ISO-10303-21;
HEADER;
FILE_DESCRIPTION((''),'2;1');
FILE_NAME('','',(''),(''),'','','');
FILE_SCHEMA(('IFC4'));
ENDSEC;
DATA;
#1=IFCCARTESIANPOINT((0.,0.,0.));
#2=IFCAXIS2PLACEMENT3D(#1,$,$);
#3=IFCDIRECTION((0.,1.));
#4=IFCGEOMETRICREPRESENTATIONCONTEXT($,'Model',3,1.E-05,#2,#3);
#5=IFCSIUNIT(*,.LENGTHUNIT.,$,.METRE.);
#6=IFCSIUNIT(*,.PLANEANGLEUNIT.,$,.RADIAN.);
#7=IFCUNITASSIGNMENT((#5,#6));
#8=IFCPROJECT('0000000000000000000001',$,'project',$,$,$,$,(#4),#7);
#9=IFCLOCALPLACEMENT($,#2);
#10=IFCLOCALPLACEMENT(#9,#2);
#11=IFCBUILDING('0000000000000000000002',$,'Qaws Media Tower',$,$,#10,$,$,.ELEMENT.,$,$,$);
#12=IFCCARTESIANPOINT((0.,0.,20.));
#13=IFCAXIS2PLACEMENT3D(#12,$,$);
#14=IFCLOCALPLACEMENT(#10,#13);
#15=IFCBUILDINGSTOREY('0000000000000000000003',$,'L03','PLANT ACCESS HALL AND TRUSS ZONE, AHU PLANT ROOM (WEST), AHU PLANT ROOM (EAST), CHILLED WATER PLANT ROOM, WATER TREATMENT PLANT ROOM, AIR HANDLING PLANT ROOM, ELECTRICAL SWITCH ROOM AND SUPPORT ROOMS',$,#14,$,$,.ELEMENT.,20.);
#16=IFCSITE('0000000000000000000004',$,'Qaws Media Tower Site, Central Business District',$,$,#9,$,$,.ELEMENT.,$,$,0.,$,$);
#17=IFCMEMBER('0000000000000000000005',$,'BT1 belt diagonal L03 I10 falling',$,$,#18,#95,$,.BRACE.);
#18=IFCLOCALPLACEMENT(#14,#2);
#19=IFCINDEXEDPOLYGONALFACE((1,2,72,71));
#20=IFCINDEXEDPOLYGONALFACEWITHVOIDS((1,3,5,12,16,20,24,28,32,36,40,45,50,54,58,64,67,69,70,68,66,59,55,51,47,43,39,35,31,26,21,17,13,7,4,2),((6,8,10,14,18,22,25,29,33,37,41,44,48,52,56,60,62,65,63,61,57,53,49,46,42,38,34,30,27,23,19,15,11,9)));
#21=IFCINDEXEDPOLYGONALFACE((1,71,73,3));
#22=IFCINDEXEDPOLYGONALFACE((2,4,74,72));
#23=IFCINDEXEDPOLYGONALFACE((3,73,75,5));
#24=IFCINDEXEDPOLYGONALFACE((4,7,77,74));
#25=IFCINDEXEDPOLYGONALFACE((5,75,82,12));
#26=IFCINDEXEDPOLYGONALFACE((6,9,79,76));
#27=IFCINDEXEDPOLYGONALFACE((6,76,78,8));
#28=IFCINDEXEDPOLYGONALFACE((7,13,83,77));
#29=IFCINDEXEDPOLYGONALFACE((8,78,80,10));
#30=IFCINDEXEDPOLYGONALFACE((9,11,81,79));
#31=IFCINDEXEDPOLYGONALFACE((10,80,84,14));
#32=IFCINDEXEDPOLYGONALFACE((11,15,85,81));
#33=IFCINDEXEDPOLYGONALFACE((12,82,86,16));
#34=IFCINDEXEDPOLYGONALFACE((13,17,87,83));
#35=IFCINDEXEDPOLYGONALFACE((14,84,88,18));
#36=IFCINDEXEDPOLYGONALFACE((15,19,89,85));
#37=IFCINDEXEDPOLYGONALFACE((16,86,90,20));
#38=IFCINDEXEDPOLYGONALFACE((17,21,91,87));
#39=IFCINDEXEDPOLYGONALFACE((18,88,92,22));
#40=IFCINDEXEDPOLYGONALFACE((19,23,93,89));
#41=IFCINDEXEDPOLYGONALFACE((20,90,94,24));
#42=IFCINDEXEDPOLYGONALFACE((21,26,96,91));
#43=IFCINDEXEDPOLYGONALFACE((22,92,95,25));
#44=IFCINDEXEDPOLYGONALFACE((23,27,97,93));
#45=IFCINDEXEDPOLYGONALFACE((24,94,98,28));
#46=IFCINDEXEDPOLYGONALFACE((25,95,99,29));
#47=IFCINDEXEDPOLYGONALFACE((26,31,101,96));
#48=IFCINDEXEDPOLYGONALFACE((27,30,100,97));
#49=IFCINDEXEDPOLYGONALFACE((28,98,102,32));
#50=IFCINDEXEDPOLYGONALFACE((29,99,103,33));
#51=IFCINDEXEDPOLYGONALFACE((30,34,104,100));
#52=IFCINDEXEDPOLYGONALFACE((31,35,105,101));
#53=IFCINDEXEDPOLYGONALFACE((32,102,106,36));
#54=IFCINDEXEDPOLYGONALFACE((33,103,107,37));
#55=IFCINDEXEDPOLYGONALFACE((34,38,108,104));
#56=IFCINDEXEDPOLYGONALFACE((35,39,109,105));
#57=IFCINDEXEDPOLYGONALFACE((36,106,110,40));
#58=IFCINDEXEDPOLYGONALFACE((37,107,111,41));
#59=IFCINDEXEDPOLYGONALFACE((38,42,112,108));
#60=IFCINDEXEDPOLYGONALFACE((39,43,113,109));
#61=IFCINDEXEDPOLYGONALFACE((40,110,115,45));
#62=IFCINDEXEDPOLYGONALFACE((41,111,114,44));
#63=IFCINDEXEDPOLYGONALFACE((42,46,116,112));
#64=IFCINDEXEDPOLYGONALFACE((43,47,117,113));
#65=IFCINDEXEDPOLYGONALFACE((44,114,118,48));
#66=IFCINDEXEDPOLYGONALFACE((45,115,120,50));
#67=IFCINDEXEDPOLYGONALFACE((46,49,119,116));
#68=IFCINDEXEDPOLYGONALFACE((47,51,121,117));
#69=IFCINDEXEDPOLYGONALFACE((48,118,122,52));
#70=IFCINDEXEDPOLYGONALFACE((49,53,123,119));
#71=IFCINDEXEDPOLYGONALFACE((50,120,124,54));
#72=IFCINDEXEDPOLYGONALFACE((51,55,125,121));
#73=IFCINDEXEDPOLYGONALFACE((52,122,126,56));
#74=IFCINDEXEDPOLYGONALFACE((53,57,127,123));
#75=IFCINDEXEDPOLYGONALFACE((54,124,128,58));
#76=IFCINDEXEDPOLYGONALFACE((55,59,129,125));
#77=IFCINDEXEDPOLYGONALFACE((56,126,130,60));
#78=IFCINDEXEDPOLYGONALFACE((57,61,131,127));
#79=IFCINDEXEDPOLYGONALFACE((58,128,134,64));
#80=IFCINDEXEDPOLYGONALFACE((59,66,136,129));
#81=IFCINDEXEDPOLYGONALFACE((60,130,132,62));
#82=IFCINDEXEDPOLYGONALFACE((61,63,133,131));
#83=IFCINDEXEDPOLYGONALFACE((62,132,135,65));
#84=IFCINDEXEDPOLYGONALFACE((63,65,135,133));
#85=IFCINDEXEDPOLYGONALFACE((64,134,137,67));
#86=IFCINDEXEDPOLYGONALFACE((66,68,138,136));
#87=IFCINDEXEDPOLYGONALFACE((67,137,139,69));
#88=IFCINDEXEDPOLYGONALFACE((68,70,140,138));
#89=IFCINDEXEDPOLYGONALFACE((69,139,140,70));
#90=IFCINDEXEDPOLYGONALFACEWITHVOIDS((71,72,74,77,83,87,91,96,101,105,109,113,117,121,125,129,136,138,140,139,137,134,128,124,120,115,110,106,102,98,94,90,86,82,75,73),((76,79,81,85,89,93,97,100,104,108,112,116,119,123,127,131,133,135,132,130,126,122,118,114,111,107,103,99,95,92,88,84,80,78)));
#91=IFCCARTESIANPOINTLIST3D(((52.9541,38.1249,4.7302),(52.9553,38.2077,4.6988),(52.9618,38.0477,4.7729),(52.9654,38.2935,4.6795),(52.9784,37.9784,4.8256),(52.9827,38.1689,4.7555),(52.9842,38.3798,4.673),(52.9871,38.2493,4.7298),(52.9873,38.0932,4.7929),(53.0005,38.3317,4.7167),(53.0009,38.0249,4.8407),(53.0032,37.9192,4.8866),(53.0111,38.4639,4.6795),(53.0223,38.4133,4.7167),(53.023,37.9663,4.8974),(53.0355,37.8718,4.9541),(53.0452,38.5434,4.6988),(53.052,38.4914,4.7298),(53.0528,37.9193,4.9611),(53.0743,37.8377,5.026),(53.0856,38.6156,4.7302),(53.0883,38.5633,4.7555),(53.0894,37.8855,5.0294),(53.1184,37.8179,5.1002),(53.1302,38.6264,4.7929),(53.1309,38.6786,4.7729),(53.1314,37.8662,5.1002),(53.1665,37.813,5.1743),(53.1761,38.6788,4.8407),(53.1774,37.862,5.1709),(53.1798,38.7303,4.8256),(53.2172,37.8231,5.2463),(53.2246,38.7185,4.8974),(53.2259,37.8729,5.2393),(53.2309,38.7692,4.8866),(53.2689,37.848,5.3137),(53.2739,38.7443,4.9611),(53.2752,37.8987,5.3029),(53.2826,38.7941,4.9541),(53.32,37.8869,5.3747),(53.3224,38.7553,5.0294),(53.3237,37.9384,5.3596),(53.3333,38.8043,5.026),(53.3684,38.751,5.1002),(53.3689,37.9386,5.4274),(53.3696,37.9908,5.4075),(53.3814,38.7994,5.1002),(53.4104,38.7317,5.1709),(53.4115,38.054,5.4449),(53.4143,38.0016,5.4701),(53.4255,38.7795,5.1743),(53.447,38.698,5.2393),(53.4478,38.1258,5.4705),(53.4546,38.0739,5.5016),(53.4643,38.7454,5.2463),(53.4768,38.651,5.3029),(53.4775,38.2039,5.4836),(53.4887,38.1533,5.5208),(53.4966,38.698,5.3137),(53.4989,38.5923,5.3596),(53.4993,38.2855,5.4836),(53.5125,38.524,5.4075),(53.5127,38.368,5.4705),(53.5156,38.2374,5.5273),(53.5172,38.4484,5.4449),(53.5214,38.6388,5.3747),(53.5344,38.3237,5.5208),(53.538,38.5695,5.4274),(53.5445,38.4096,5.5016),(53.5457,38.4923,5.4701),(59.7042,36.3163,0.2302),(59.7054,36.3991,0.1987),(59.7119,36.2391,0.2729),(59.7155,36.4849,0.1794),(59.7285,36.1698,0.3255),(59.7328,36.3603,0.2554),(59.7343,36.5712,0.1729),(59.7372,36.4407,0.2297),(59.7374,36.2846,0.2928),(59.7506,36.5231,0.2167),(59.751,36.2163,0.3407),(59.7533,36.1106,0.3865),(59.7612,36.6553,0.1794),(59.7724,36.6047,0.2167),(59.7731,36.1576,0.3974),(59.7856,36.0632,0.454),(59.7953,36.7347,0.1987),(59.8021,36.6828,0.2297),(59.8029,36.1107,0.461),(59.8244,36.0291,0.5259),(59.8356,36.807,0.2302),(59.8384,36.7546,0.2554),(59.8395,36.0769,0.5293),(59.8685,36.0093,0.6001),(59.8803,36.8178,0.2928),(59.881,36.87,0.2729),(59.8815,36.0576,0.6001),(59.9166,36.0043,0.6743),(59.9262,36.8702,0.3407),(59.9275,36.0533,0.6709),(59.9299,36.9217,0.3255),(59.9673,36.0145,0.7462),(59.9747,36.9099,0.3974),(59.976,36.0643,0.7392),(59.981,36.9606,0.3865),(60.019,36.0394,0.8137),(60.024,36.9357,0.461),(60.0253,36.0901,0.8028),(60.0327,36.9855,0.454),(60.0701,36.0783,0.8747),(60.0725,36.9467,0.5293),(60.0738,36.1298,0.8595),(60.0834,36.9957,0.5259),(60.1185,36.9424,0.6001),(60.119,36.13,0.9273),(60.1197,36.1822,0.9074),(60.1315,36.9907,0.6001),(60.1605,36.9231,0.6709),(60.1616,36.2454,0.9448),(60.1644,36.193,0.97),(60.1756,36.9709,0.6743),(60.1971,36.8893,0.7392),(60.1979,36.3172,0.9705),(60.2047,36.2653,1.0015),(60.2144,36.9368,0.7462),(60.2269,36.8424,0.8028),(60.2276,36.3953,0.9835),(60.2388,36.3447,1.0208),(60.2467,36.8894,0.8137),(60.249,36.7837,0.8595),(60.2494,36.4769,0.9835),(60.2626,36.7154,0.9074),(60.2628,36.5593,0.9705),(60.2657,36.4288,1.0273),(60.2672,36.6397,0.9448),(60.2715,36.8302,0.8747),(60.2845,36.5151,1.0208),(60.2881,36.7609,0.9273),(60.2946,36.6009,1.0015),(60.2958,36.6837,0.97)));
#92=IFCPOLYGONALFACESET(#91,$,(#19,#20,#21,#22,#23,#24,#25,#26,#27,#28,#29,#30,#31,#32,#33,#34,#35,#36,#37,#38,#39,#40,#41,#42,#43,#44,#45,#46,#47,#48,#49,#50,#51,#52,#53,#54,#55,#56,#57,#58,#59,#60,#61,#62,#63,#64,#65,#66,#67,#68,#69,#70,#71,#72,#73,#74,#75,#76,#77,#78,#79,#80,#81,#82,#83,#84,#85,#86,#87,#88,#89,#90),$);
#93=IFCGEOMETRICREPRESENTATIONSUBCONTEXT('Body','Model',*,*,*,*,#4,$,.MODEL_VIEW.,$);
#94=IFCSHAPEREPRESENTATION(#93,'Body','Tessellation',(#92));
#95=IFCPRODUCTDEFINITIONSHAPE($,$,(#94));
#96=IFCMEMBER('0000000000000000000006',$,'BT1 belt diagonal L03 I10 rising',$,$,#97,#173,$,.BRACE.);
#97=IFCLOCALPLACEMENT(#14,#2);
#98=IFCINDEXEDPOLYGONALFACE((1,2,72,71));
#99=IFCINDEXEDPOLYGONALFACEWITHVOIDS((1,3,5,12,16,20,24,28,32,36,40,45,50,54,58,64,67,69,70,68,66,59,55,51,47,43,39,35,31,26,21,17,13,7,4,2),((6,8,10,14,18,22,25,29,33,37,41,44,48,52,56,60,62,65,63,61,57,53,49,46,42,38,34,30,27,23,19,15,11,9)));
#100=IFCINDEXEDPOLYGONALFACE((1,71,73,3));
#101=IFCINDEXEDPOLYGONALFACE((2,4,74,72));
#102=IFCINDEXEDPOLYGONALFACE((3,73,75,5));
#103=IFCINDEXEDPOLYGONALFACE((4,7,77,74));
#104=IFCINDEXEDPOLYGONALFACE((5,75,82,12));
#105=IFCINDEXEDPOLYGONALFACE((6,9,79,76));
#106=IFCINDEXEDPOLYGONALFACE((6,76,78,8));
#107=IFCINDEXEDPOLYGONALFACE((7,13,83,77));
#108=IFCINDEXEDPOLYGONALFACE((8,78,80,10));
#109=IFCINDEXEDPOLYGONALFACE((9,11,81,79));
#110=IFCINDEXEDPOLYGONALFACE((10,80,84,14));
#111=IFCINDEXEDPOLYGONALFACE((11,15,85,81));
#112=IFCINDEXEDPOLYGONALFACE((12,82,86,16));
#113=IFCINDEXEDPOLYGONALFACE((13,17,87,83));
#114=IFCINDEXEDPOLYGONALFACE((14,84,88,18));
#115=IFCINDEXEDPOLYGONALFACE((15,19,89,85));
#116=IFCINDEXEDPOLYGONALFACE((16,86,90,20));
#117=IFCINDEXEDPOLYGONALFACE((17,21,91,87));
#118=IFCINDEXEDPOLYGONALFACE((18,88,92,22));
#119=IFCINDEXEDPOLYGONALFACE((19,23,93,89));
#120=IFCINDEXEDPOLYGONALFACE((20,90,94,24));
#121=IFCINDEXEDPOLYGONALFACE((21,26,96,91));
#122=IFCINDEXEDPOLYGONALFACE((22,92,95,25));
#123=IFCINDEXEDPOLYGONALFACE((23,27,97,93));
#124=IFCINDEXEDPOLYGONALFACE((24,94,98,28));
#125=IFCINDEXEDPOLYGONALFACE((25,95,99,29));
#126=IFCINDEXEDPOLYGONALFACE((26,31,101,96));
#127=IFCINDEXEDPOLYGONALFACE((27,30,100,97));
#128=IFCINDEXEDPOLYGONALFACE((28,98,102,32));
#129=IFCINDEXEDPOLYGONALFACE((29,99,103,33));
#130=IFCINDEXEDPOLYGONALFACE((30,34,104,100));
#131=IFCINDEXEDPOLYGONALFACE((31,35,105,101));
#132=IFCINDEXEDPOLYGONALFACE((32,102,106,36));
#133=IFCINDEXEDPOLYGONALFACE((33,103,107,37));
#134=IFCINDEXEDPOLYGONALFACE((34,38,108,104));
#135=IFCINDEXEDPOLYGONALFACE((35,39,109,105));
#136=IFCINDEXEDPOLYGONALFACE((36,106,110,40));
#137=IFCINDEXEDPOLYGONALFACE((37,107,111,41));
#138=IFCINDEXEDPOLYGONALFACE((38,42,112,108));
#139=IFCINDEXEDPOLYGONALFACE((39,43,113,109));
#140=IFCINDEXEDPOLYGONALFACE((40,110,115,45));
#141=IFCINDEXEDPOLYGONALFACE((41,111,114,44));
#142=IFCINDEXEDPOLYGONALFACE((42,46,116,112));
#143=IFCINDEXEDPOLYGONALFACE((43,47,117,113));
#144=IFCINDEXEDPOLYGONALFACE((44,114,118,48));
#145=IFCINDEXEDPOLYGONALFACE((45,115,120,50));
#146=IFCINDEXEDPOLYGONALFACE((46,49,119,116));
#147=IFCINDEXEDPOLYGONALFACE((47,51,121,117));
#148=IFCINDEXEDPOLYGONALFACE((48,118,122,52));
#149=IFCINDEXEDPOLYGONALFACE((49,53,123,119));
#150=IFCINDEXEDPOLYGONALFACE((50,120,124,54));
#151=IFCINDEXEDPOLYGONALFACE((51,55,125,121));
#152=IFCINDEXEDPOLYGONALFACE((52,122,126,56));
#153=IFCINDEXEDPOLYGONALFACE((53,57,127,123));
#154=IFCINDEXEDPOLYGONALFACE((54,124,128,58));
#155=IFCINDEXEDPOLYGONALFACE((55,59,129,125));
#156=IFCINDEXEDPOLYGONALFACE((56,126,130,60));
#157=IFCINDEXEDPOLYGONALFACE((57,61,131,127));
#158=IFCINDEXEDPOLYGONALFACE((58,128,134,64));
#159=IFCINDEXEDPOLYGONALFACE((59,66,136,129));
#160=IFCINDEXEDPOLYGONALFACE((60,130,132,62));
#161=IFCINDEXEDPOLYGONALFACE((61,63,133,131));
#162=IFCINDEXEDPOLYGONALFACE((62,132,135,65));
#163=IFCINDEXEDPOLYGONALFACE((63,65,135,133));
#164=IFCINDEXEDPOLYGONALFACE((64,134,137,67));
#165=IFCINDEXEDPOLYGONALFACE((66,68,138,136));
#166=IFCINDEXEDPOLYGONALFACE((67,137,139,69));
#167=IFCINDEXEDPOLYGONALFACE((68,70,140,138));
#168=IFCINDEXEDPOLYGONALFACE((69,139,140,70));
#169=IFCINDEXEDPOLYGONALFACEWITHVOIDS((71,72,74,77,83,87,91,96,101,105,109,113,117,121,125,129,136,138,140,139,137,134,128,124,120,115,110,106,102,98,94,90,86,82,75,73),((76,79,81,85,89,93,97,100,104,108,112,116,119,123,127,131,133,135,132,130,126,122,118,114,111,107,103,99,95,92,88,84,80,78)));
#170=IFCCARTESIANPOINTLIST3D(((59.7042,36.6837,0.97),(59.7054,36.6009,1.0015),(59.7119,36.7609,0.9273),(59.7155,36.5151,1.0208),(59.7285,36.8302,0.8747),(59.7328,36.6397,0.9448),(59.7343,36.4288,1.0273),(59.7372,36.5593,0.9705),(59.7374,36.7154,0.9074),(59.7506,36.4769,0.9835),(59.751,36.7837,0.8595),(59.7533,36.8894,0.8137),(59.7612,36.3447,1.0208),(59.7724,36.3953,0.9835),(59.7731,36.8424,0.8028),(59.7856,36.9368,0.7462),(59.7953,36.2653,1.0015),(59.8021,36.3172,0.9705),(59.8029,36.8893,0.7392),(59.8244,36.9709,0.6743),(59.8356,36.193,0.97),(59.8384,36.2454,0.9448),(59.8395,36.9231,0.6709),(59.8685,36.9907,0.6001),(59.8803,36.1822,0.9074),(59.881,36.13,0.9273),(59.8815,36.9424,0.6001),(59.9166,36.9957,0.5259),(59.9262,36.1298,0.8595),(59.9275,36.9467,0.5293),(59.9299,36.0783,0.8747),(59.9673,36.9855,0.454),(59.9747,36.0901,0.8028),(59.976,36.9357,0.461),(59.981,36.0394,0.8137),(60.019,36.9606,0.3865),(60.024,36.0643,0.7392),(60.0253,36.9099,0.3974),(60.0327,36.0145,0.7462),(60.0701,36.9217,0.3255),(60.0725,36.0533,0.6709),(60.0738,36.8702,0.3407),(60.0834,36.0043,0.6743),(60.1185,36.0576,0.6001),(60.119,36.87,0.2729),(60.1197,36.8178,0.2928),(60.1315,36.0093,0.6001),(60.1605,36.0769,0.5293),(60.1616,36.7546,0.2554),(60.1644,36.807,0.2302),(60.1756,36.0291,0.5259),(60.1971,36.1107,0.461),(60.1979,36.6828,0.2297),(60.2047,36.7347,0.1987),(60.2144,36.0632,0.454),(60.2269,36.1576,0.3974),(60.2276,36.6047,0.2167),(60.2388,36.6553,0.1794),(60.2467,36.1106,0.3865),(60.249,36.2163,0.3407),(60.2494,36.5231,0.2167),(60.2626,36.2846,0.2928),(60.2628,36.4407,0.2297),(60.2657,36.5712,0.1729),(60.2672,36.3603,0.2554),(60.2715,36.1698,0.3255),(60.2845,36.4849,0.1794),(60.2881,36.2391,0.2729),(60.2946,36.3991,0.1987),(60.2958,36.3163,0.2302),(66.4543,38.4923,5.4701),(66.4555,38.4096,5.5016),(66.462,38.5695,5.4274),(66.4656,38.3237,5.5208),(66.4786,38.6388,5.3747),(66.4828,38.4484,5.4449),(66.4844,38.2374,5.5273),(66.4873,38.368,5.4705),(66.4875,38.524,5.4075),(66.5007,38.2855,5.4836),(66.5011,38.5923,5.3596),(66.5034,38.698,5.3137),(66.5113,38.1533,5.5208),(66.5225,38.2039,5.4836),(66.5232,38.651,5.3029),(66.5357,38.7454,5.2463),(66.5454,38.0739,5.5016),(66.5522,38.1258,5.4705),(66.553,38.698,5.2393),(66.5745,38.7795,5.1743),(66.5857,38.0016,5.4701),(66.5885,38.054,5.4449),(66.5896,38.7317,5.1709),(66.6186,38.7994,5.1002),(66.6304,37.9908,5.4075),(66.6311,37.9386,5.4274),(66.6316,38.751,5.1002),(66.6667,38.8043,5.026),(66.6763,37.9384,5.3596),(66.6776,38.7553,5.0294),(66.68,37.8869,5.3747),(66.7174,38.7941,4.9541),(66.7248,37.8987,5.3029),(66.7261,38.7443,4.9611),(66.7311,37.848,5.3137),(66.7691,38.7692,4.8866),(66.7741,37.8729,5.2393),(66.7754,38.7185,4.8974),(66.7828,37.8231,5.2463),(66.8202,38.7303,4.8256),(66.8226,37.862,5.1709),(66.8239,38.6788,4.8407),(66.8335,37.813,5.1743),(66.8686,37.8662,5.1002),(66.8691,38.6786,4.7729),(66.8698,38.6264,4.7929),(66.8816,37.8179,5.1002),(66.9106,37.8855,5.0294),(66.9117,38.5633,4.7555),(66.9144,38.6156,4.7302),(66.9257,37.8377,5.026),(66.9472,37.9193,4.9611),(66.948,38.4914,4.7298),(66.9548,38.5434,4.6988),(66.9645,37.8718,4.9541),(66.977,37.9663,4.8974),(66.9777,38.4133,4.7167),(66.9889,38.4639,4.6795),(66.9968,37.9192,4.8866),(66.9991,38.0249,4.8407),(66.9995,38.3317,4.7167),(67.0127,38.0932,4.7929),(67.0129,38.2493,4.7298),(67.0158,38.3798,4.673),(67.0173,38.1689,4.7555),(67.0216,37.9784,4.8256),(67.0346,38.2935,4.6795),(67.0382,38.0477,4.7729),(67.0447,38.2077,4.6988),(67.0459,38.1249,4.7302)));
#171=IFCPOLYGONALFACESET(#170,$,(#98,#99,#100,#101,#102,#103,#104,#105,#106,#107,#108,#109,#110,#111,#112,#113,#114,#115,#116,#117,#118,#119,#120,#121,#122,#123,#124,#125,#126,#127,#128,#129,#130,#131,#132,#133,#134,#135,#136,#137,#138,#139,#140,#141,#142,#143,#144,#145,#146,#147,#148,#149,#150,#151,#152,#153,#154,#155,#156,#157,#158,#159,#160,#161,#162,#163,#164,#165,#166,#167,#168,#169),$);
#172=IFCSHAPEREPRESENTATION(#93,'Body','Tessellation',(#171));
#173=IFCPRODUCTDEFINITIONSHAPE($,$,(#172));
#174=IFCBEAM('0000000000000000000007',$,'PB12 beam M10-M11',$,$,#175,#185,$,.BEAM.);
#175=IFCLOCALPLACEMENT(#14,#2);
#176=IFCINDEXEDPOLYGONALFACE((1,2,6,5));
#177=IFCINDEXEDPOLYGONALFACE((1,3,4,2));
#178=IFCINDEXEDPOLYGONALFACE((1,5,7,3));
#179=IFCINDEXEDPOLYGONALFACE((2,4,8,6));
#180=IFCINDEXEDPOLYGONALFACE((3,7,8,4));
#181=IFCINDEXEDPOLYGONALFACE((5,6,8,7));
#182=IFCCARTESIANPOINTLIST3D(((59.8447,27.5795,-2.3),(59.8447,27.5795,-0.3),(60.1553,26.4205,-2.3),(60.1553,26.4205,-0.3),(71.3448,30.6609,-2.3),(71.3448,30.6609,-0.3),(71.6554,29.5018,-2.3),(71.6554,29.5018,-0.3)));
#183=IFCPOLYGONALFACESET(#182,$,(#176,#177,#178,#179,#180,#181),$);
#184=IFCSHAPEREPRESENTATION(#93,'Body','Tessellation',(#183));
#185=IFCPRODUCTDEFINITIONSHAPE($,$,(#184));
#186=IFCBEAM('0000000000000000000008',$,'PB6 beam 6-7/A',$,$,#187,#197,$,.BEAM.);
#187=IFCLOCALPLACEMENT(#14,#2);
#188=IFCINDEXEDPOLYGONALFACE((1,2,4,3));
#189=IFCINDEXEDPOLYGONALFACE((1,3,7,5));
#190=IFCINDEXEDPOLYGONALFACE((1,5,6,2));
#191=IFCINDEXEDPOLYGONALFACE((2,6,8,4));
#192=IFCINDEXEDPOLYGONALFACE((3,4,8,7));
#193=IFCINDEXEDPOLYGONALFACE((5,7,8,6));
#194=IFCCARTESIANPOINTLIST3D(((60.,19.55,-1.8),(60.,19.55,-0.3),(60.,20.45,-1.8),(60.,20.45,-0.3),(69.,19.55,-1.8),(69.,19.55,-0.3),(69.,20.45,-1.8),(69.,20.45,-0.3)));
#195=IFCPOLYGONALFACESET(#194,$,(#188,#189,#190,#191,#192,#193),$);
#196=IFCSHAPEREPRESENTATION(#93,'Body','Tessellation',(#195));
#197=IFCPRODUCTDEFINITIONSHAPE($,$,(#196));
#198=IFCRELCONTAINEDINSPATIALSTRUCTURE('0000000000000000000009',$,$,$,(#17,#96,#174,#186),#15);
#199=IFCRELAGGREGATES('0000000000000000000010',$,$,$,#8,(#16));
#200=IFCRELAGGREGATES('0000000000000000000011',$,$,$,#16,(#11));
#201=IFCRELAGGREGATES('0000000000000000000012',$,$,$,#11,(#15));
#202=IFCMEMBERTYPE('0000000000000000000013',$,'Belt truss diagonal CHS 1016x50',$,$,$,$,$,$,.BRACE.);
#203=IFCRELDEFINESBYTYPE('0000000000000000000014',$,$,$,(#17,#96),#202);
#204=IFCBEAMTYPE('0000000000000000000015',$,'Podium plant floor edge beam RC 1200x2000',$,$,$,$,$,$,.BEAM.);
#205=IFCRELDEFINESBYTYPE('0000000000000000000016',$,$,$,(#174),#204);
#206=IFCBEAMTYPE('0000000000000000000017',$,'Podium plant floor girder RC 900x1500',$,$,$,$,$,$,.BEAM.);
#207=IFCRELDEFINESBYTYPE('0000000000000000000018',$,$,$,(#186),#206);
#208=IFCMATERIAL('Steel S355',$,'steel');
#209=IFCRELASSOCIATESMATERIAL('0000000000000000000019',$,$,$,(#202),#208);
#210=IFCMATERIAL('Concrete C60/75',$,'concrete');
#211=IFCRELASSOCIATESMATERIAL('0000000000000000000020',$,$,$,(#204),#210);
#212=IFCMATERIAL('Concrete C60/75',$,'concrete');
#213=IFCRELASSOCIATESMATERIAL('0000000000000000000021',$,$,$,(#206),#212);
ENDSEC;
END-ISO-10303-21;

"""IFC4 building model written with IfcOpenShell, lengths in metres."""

from ifc_helpers import new_model, si_unit, direction, frame, origin, origin_2d, place, context, subcontext, project, spatial, rectangle, hollow_circle, extrude, material, material_profile, profile_set, type_object, element, save


model = new_model("IFC4")

# Units and contexts
model_context = context("Model", 3, precision=1e-05, world=origin(), true_north=direction((0.0, 1.0)))
body_context = subcontext(model_context, "Body", "Model", "MODEL_VIEW")
ifc_project = project(units=[si_unit("LENGTHUNIT", "METRE"), si_unit("PLANEANGLEUNIT", "RADIAN")], contexts=[model_context])

# Site, building, storey
site_placement = place(None, origin())
site = spatial("IfcSite", under=ifc_project, at=site_placement, Name="Qaws Media Tower Site, Central Business District", CompositionType="ELEMENT", RefElevation=0.0)
building_placement = place(site_placement, origin())
building = spatial("IfcBuilding", under=site, at=building_placement, Name="Qaws Media Tower", CompositionType="ELEMENT")
storey_placement = place(building_placement, frame((0.0, 0.0, 20.0)))
storey = spatial("IfcBuildingStorey", under=building, at=storey_placement, Name="L03", Description="PLANT ACCESS HALL AND TRUSS ZONE, AHU PLANT ROOM (WEST), AHU PLANT ROOM (EAST), CHILLED WATER PLANT ROOM, WATER TREATMENT PLANT ROOM, AIR HANDLING PLANT ROOM, ELECTRICAL SWITCH ROOM AND SUPPORT ROOMS", CompositionType="ELEMENT", Elevation=20.0)

# Members
ifc_material_1 = material(Name="Steel S355", Category="steel")
ifc_material_profile_1 = material_profile(ifc_material_1, hollow_circle(Radius=0.5081, WallThickness=0.05, at=origin_2d()), Name="CHS 1016x50")
ifc_profile_set_1 = profile_set([ifc_material_profile_1], Name="Steel S355")
member_type_1 = type_object("IfcMemberType", Name="Belt truss diagonal CHS 1016x50", PredefinedType="BRACE", material=ifc_profile_set_1)
for number, where, z_axis, x_axis, name in (
    (1, (60.0, 36.5, 0.6001), (-0.812113, 0.217597, 0.541409), (-0.258811, -0.965928, 0.0), "BT1 belt diagonal L03 I10 falling"),
    (2, (60.0, 36.5, 0.6001), (0.812113, 0.217597, 0.541409), (-0.258811, 0.965928, 0.0), "BT1 belt diagonal L03 I10 rising"),
):
    element("IfcMember", number, at=place(storey_placement, frame(where, z_axis=z_axis, x_axis=x_axis)), inside=storey, type_object=member_type_1, Name=name, PredefinedType="BRACE", context=body_context, shape_type="SweptSolid", body=[
        extrude(hollow_circle(Radius=0.5081, WallThickness=0.05, at=origin_2d()), origin(), (0.0, 0.0, 1.0), 8.3118),
    ])

# Beams
ifc_material_2 = material(Name="Concrete C60/75", Category="concrete")
ifc_material_profile_2 = material_profile(ifc_material_2, rectangle(XDim=1.2, YDim=2.0, at=origin_2d()), Name="RC 1200x2000")
ifc_profile_set_2 = profile_set([ifc_material_profile_2], Name="Concrete C60/75")
beam_type_1 = type_object("IfcBeamType", Name="Podium plant floor edge beam RC 1200x2000", PredefinedType="BEAM", material=ifc_profile_set_2)
beam_1_placement = place(storey_placement, frame((60.0, 27.0, -1.3), z_axis=(0.965928, 0.25881, 0.0), x_axis=(-0.25881, 0.965928, 0.0)))
element("IfcBeam", 3, at=beam_1_placement, inside=storey, type_object=beam_type_1, Name="PB12 beam M10-M11", PredefinedType="BEAM", context=body_context, shape_type="SweptSolid", body=[
    extrude(rectangle(XDim=1.2, YDim=2.0, at=origin_2d()), origin(), (0.0, 0.0, 1.0), 11.9058),
])
ifc_material_3 = material(Name="Concrete C60/75", Category="concrete")
ifc_material_profile_3 = material_profile(ifc_material_3, rectangle(XDim=0.8999, YDim=1.5, at=origin_2d()), Name="RC 900x1500")
ifc_profile_set_3 = profile_set([ifc_material_profile_3], Name="Concrete C60/75")
beam_type_2 = type_object("IfcBeamType", Name="Podium plant floor girder RC 900x1500", PredefinedType="BEAM", material=ifc_profile_set_3)
beam_2_placement = place(storey_placement, frame((60.0, 20.0, -1.05), z_axis=(1.0, 0.0, 0.0), x_axis=(0.0, 1.0, 0.0)))
element("IfcBeam", 4, at=beam_2_placement, inside=storey, type_object=beam_type_2, Name="PB6 beam 6-7/A", PredefinedType="BEAM", context=body_context, shape_type="SweptSolid", body=[
    extrude(rectangle(XDim=0.8999, YDim=1.5, at=origin_2d()), origin(), (0.0, 0.0, 1.0), 9.0),
])

save(model, "model.ifc")
